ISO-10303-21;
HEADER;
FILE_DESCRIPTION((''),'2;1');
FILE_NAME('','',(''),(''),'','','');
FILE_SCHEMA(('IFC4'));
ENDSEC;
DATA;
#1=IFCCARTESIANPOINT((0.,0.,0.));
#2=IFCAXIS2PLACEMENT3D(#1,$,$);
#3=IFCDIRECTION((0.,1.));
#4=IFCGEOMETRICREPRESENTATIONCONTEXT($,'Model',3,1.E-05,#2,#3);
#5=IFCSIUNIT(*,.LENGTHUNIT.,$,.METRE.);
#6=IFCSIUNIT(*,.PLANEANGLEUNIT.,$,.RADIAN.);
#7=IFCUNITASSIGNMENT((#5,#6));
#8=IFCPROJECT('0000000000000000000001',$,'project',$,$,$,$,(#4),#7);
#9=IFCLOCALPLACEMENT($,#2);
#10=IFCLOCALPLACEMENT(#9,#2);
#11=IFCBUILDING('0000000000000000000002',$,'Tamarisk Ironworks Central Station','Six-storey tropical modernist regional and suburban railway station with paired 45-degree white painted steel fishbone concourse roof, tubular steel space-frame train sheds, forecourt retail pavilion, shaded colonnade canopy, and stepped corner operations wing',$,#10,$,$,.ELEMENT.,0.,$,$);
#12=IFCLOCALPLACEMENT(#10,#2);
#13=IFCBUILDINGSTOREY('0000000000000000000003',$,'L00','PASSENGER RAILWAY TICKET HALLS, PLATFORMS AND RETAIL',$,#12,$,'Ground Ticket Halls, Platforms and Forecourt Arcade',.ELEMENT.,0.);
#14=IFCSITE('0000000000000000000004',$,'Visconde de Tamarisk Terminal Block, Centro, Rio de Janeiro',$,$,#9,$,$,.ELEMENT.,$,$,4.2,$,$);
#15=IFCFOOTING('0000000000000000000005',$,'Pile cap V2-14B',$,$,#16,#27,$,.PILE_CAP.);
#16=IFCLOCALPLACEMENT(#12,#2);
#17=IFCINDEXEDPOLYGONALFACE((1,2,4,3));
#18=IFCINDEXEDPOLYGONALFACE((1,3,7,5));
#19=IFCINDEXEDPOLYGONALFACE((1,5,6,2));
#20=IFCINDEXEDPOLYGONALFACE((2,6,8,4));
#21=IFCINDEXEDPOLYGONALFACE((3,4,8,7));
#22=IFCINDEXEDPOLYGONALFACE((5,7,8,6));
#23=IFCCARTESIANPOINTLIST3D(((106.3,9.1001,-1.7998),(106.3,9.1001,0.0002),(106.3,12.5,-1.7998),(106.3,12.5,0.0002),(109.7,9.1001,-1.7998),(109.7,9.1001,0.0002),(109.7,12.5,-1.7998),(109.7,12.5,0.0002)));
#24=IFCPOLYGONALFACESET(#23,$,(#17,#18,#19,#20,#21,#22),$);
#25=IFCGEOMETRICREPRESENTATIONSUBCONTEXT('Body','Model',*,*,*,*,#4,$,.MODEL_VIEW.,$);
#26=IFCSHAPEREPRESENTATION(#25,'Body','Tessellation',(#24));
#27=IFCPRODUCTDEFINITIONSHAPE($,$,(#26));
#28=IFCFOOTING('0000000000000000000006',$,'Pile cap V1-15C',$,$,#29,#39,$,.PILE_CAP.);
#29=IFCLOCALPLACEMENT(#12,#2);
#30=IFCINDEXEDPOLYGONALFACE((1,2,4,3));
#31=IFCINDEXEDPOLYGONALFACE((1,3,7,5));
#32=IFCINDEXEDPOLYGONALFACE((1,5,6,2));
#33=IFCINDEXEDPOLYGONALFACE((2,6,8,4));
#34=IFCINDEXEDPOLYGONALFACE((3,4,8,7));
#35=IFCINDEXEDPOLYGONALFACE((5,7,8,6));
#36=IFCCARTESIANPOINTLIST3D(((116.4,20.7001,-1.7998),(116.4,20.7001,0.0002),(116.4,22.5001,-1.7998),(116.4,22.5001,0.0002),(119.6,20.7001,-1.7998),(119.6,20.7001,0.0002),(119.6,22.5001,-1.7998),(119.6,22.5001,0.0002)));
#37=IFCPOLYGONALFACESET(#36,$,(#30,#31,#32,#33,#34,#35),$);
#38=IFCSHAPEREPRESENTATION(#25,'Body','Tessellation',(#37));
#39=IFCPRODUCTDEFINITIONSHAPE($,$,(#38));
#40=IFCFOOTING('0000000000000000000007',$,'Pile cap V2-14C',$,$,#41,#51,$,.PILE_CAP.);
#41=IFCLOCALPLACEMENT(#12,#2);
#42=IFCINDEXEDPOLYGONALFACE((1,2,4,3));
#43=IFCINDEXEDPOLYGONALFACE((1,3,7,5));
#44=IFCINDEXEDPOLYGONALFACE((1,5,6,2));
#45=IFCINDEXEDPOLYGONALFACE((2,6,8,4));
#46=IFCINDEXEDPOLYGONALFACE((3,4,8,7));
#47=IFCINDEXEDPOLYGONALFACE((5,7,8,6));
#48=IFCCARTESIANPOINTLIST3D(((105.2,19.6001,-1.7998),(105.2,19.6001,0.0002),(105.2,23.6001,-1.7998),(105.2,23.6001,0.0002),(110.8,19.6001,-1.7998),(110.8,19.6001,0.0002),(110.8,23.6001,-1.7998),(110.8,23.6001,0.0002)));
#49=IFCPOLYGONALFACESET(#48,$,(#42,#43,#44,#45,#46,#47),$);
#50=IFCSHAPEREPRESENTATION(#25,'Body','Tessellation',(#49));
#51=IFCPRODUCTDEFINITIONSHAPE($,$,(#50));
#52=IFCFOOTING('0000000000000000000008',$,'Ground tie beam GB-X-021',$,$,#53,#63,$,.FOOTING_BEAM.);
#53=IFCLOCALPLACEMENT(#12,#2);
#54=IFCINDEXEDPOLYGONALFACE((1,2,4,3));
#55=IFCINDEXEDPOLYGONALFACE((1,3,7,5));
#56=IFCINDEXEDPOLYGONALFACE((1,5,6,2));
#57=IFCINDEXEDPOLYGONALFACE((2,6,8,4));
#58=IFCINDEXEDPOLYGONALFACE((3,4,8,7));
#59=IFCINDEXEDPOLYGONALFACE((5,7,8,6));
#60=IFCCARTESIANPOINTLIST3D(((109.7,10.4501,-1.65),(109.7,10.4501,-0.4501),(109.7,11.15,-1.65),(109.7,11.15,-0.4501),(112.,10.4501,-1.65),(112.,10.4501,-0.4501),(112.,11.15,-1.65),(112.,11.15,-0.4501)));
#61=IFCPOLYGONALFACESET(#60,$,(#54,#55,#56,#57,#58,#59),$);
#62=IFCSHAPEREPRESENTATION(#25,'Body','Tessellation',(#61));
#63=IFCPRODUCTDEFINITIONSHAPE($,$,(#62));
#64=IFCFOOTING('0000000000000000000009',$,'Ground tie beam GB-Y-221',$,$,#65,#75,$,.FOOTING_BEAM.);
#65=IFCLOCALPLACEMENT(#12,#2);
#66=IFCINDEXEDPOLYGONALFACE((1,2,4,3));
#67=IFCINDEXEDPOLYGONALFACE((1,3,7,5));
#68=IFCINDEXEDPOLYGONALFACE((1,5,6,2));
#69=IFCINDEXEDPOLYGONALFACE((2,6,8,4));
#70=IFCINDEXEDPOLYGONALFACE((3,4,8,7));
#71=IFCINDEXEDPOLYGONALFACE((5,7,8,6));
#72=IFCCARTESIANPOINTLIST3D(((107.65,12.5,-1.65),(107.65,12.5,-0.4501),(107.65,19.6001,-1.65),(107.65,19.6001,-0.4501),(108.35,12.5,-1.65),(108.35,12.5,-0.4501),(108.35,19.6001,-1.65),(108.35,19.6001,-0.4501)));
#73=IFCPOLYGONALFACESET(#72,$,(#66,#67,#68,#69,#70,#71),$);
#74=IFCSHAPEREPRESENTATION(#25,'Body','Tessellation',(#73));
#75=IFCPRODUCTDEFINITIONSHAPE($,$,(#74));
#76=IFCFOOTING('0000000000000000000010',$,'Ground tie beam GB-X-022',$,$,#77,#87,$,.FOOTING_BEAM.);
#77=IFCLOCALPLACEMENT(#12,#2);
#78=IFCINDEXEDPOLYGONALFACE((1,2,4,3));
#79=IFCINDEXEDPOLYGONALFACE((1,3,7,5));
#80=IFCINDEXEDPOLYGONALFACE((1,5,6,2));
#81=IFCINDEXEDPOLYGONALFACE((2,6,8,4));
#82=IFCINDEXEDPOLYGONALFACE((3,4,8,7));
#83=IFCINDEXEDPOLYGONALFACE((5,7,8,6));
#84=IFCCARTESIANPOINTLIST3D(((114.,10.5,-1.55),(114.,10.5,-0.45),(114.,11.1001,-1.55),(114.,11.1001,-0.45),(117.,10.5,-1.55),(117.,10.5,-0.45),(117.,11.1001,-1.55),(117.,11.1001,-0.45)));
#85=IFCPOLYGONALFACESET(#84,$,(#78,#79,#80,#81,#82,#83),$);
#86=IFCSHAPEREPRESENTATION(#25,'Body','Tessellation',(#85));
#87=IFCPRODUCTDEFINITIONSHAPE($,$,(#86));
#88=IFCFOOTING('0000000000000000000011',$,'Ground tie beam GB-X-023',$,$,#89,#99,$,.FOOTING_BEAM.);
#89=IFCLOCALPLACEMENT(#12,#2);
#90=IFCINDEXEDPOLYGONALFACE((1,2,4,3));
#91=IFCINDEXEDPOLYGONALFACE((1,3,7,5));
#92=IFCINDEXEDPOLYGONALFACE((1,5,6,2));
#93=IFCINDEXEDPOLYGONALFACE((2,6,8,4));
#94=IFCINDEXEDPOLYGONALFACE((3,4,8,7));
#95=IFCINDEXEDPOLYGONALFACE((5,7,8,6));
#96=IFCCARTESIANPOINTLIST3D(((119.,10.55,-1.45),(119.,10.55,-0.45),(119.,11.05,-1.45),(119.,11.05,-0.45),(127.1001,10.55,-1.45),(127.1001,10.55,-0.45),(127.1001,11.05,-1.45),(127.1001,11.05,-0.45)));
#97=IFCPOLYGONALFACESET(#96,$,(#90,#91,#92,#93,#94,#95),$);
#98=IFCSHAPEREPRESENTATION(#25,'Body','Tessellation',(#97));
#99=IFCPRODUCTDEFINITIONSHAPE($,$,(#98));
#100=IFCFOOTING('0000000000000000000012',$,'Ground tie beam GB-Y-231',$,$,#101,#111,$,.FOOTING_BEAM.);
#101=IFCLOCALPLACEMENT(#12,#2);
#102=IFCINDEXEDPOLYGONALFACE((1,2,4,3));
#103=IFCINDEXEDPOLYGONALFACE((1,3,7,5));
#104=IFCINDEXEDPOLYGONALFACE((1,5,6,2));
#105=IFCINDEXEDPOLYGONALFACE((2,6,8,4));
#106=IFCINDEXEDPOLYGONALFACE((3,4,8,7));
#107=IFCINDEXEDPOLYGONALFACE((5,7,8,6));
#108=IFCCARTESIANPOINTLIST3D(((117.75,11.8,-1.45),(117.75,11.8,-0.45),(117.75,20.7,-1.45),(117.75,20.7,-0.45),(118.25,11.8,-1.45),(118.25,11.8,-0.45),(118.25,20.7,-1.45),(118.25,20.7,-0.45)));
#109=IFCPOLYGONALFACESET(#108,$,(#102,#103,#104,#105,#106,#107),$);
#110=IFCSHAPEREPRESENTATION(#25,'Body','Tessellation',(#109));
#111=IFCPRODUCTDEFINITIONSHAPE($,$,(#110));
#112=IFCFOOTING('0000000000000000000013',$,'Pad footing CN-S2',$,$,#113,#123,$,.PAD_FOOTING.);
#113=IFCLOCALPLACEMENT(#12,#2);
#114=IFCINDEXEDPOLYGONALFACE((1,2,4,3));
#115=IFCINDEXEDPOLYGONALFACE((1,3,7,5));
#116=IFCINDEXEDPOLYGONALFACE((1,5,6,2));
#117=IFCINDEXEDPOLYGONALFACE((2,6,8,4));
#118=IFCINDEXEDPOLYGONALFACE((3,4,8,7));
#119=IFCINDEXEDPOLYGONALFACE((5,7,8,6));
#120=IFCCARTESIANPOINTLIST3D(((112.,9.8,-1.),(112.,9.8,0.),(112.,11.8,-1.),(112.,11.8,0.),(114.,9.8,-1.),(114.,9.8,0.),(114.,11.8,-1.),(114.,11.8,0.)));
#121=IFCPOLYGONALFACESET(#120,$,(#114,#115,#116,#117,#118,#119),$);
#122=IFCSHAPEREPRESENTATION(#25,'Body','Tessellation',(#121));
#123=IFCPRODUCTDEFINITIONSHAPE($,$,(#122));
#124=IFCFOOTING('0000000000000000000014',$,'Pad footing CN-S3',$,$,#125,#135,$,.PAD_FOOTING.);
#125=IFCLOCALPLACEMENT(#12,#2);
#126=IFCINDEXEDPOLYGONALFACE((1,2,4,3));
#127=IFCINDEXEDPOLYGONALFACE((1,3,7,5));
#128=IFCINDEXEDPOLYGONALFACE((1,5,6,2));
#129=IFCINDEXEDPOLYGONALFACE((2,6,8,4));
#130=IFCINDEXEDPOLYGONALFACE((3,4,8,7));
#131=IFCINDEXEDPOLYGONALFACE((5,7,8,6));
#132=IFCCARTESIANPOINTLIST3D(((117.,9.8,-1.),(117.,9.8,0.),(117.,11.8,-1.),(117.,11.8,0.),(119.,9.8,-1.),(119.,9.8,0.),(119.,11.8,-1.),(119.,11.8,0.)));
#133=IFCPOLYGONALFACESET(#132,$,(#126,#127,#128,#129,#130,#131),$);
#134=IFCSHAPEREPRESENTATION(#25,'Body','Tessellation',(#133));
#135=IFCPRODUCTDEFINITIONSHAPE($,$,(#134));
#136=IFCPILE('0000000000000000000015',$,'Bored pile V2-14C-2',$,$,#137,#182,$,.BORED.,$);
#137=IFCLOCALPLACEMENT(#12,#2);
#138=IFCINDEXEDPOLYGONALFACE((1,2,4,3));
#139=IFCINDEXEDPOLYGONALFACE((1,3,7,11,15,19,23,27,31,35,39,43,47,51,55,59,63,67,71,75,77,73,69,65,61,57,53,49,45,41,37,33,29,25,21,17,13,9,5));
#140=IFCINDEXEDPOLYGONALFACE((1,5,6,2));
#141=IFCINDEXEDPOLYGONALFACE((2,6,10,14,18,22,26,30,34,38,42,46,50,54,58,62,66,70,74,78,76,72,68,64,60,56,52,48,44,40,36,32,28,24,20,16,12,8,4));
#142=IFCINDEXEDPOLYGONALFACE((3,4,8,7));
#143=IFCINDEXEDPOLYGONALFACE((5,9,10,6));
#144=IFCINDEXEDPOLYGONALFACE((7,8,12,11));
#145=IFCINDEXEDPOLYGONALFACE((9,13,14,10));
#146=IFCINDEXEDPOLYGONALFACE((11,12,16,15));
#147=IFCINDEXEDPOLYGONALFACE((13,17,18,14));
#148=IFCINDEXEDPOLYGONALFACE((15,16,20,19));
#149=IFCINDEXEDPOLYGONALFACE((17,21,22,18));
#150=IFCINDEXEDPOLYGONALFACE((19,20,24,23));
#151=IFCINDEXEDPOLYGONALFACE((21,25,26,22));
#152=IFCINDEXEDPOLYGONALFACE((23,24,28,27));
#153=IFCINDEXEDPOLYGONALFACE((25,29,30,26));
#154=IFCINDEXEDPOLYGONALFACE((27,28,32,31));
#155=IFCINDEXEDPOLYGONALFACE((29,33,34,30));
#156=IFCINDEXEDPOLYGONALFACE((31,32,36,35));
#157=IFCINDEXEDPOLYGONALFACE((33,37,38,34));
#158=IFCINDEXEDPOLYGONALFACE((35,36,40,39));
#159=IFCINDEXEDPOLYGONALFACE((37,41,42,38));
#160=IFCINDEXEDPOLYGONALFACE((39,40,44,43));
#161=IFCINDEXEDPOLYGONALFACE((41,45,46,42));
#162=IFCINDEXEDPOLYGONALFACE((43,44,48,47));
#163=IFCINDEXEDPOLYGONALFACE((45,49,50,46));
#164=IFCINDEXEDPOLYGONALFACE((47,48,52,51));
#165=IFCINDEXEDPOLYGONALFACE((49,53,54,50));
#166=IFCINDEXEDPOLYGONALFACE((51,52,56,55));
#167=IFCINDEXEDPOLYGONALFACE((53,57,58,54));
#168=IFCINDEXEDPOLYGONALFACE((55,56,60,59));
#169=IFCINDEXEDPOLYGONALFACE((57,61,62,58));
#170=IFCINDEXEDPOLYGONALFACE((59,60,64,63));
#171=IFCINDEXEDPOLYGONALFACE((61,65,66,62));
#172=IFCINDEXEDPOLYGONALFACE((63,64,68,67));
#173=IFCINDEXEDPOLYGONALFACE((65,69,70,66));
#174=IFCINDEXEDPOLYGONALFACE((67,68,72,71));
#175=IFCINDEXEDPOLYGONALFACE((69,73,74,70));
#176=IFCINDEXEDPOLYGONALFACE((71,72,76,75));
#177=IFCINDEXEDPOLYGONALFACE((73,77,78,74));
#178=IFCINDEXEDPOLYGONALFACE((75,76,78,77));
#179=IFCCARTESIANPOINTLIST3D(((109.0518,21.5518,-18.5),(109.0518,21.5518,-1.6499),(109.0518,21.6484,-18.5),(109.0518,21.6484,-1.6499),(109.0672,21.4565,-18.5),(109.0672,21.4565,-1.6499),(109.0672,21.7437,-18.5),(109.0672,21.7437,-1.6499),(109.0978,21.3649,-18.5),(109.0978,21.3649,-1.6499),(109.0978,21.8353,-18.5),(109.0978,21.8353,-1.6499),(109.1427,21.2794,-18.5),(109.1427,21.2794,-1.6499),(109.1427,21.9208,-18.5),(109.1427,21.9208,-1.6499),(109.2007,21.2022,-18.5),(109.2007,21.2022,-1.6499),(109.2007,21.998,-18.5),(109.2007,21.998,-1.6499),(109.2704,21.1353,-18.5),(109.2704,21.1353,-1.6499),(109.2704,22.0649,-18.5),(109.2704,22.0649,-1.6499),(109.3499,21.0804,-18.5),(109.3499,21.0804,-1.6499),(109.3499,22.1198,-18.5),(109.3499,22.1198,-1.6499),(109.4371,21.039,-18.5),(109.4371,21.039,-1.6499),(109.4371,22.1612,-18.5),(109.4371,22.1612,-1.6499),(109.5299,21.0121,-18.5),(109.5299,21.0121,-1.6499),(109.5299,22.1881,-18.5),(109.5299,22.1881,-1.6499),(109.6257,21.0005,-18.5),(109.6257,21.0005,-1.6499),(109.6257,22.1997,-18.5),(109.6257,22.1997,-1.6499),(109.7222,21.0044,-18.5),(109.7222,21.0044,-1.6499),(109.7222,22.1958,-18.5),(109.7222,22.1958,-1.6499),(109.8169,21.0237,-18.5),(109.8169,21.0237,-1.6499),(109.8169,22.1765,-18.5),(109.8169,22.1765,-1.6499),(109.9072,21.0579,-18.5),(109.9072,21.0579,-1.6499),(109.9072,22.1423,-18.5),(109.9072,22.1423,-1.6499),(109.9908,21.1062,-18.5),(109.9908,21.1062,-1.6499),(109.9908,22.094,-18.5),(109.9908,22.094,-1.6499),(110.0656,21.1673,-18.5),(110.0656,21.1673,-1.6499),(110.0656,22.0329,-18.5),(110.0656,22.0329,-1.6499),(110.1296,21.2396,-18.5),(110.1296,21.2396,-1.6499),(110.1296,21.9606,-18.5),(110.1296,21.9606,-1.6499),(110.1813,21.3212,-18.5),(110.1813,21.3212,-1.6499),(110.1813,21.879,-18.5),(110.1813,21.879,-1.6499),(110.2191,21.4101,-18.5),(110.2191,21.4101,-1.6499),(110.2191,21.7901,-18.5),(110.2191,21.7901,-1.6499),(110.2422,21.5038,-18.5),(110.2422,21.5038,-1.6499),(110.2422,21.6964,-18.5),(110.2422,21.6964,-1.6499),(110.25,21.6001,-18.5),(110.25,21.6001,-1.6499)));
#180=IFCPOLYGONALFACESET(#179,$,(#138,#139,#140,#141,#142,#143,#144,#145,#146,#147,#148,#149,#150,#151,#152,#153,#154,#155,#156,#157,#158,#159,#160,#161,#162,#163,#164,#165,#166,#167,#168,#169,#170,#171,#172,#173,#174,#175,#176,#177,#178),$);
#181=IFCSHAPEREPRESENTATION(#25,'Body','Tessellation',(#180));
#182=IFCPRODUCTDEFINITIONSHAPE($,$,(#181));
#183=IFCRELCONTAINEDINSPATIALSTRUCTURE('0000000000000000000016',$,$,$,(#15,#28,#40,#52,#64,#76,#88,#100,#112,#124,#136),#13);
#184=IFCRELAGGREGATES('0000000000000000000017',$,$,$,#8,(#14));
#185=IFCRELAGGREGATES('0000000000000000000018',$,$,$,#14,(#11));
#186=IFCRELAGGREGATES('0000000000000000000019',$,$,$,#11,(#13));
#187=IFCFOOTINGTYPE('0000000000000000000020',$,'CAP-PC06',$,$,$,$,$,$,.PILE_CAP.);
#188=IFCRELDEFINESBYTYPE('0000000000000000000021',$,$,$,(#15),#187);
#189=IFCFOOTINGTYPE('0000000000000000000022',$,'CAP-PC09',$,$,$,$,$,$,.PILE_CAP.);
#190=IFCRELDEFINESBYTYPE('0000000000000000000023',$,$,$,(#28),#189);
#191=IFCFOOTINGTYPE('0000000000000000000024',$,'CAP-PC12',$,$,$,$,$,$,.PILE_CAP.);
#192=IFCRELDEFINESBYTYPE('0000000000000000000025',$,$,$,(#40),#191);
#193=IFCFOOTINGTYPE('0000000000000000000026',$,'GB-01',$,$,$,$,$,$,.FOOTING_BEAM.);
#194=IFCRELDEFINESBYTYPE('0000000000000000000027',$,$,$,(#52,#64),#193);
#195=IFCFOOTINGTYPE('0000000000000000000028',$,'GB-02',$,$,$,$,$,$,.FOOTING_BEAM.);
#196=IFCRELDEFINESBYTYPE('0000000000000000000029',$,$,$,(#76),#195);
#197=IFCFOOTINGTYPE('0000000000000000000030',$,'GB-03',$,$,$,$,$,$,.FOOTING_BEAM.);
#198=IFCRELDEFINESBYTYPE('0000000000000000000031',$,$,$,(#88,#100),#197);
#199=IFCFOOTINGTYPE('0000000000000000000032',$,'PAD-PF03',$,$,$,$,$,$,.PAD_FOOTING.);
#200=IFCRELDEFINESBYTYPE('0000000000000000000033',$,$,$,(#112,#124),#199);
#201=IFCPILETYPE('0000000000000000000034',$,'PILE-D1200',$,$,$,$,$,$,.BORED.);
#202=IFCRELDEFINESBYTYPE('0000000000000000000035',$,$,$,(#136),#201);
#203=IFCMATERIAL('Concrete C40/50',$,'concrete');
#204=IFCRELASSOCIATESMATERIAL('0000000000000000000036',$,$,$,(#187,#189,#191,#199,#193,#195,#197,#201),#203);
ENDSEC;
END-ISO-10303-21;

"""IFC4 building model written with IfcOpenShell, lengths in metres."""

from ifc_helpers import new_model, si_unit, direction, frame, origin, origin_2d, place, context, subcontext, project, spatial, rectangle, circle, extrude, material, material_profile, profile_set, type_object, element, save


model = new_model("IFC4")

# Units and contexts
model_context = context("Model", 3, precision=1e-05, world=origin(), true_north=direction((0.0, 1.0)))
body_context = subcontext(model_context, "Body", "Model", "MODEL_VIEW")
ifc_project = project(units=[si_unit("LENGTHUNIT", "METRE"), si_unit("PLANEANGLEUNIT", "RADIAN")], contexts=[model_context])

# Site, building, storey
site_placement = place(None, origin())
site = spatial("IfcSite", under=ifc_project, at=site_placement, Name="Visconde de Tamarisk Terminal Block, Centro, Rio de Janeiro", CompositionType="ELEMENT", RefElevation=4.2)
building_placement = place(site_placement, origin())
building = spatial("IfcBuilding", under=site, at=building_placement, Name="Tamarisk Ironworks Central Station", Description="Six-storey tropical modernist regional and suburban railway station with paired 45-degree white painted steel fishbone concourse roof, tubular steel space-frame train sheds, forecourt retail pavilion, shaded colonnade canopy, and stepped corner operations wing", CompositionType="ELEMENT", ElevationOfRefHeight=0.0)
storey_placement = place(building_placement, origin())
storey = spatial("IfcBuildingStorey", under=building, at=storey_placement, Name="L00", Description="PASSENGER RAILWAY TICKET HALLS, PLATFORMS AND RETAIL", LongName="Ground Ticket Halls, Platforms and Forecourt Arcade", CompositionType="ELEMENT", Elevation=0.0)

# Footings
ifc_material_1 = material(Name="Concrete C40/50", Category="concrete")
footing_type_1 = type_object("IfcFootingType", Name="CAP-PC06", PredefinedType="PILE_CAP", material=ifc_material_1)
footing_1_placement = place(storey_placement, frame((108.0, 10.8, -1.7998), z_axis=(0.0, 0.0, 1.0), x_axis=(1.0, 0.0, 0.0)))
element("IfcFooting", 1, at=footing_1_placement, inside=storey, type_object=footing_type_1, Name="Pile cap V2-14B", PredefinedType="PILE_CAP", context=body_context, shape_type="SweptSolid", body=[
    extrude(rectangle(XDim=3.3999, YDim=3.3999, at=origin_2d()), origin(), (0.0, 0.0, 1.0), 1.8),
])
footing_type_2 = type_object("IfcFootingType", Name="CAP-PC09", PredefinedType="PILE_CAP", material=ifc_material_1)
footing_2_placement = place(storey_placement, frame((118.0, 21.6001, -1.7998), z_axis=(0.0, 0.0, 1.0), x_axis=(1.0, 0.0, 0.0)))
element("IfcFooting", 2, at=footing_2_placement, inside=storey, type_object=footing_type_2, Name="Pile cap V1-15C", PredefinedType="PILE_CAP", context=body_context, shape_type="SweptSolid", body=[
    extrude(rectangle(XDim=3.2, YDim=1.8, at=origin_2d()), origin(), (0.0, 0.0, 1.0), 1.8),
])
footing_type_3 = type_object("IfcFootingType", Name="CAP-PC12", PredefinedType="PILE_CAP", material=ifc_material_1)
footing_3_placement = place(storey_placement, frame((108.0, 21.6001, -1.7998), z_axis=(0.0, 0.0, 1.0), x_axis=(1.0, 0.0, 0.0)))
element("IfcFooting", 3, at=footing_3_placement, inside=storey, type_object=footing_type_3, Name="Pile cap V2-14C", PredefinedType="PILE_CAP", context=body_context, shape_type="SweptSolid", body=[
    extrude(rectangle(XDim=5.6001, YDim=4.0, at=origin_2d()), origin(), (0.0, 0.0, 1.0), 1.8),
])
ifc_material_profile_1 = material_profile(ifc_material_1, rectangle(XDim=0.7, YDim=1.2, at=origin_2d()), Name="GB01 700x1200")
ifc_profile_set_1 = profile_set([ifc_material_profile_1], Name="Concrete C40/50")
footing_type_4 = type_object("IfcFootingType", Name="GB-01", PredefinedType="FOOTING_BEAM", material=ifc_profile_set_1)
footing_4_placement = place(storey_placement, frame((109.7, 10.8, -1.05), z_axis=(1.0, 0.0, 0.0), x_axis=(0.0, 1.0, 0.0)))
element("IfcFooting", 4, at=footing_4_placement, inside=storey, type_object=footing_type_4, Name="Ground tie beam GB-X-021", PredefinedType="FOOTING_BEAM", context=body_context, shape_type="SweptSolid", body=[
    extrude(rectangle(XDim=0.7, YDim=1.2, at=origin_2d()), origin(), (0.0, 0.0, 1.0), 2.3),
])
footing_5_placement = place(storey_placement, frame((108.0, 12.5, -1.05), z_axis=(0.0, 1.0, 0.0), x_axis=(-1.0, 0.0, 0.0)))
element("IfcFooting", 5, at=footing_5_placement, inside=storey, type_object=footing_type_4, Name="Ground tie beam GB-Y-221", PredefinedType="FOOTING_BEAM", context=body_context, shape_type="SweptSolid", body=[
    extrude(rectangle(XDim=0.7, YDim=1.2, at=origin_2d()), origin(), (0.0, 0.0, 1.0), 7.1001),
])
ifc_material_profile_2 = material_profile(ifc_material_1, rectangle(XDim=0.6001, YDim=1.1001, at=origin_2d()), Name="GB02 600x1100")
ifc_profile_set_2 = profile_set([ifc_material_profile_2], Name="Concrete C40/50")
footing_type_5 = type_object("IfcFootingType", Name="GB-02", PredefinedType="FOOTING_BEAM", material=ifc_profile_set_2)
footing_6_placement = place(storey_placement, frame((114.0, 10.8, -1.0), z_axis=(1.0, 0.0, 0.0), x_axis=(0.0, 1.0, 0.0)))
element("IfcFooting", 6, at=footing_6_placement, inside=storey, type_object=footing_type_5, Name="Ground tie beam GB-X-022", PredefinedType="FOOTING_BEAM", context=body_context, shape_type="SweptSolid", body=[
    extrude(rectangle(XDim=0.6001, YDim=1.1001, at=origin_2d()), origin(), (0.0, 0.0, 1.0), 3.0),
])
ifc_material_profile_3 = material_profile(ifc_material_1, rectangle(XDim=0.5, YDim=1.0, at=origin_2d()), Name="GB03 500x1000")
ifc_profile_set_3 = profile_set([ifc_material_profile_3], Name="Concrete C40/50")
footing_type_6 = type_object("IfcFootingType", Name="GB-03", PredefinedType="FOOTING_BEAM", material=ifc_profile_set_3)
footing_7_placement = place(storey_placement, frame((119.0, 10.8, -0.95), z_axis=(1.0, 0.0, 0.0), x_axis=(0.0, 1.0, 0.0)))
element("IfcFooting", 7, at=footing_7_placement, inside=storey, type_object=footing_type_6, Name="Ground tie beam GB-X-023", PredefinedType="FOOTING_BEAM", context=body_context, shape_type="SweptSolid", body=[
    extrude(rectangle(XDim=0.5, YDim=1.0, at=origin_2d()), origin(), (0.0, 0.0, 1.0), 8.1001),
])
footing_8_placement = place(storey_placement, frame((118.0, 11.8, -0.95), z_axis=(0.0, 1.0, 0.0), x_axis=(-1.0, 0.0, 0.0)))
element("IfcFooting", 8, at=footing_8_placement, inside=storey, type_object=footing_type_6, Name="Ground tie beam GB-Y-231", PredefinedType="FOOTING_BEAM", context=body_context, shape_type="SweptSolid", body=[
    extrude(rectangle(XDim=0.5, YDim=1.0, at=origin_2d()), origin(), (0.0, 0.0, 1.0), 8.8999),
])
footing_type_7 = type_object("IfcFootingType", Name="PAD-PF03", PredefinedType="PAD_FOOTING", material=ifc_material_1)
for number, where, z_axis, x_axis, name in (
    (9, (113.0, 10.8, -1.0), (0.0, 0.0, 1.0), (1.0, 0.0, 0.0), "Pad footing CN-S2"),
    (10, (118.0, 10.8, -1.0), (0.0, 0.0, 1.0), (1.0, 0.0, 0.0), "Pad footing CN-S3"),
):
    element("IfcFooting", number, at=place(storey_placement, frame(where, z_axis=z_axis, x_axis=x_axis)), inside=storey, type_object=footing_type_7, Name=name, PredefinedType="PAD_FOOTING", context=body_context, shape_type="SweptSolid", body=[
        extrude(rectangle(XDim=2.0, YDim=2.0, at=origin_2d()), origin(), (0.0, 0.0, 1.0), 1.0),
    ])

# Pile
ifc_material_profile_4 = material_profile(ifc_material_1, circle(Radius=0.6001, at=origin_2d()), Name="BORED PILE D1200")
ifc_profile_set_4 = profile_set([ifc_material_profile_4], Name="Concrete C40/50")
pile_type_1 = type_object("IfcPileType", Name="PILE-D1200", PredefinedType="BORED", material=ifc_profile_set_4)
pile_placement = place(storey_placement, frame((109.6499, 21.6001, -1.6499), z_axis=(0.0, 0.0, -1.0), x_axis=(1.0, 0.0, 0.0)))
element("IfcPile", 11, at=pile_placement, inside=storey, type_object=pile_type_1, Name="Bored pile V2-14C-2", PredefinedType="BORED", context=body_context, shape_type="SweptSolid", body=[
    extrude(circle(Radius=0.6001, at=origin_2d()), origin(), (0.0, 0.0, 1.0), 16.8501),
])

save(model, "model.ifc")
